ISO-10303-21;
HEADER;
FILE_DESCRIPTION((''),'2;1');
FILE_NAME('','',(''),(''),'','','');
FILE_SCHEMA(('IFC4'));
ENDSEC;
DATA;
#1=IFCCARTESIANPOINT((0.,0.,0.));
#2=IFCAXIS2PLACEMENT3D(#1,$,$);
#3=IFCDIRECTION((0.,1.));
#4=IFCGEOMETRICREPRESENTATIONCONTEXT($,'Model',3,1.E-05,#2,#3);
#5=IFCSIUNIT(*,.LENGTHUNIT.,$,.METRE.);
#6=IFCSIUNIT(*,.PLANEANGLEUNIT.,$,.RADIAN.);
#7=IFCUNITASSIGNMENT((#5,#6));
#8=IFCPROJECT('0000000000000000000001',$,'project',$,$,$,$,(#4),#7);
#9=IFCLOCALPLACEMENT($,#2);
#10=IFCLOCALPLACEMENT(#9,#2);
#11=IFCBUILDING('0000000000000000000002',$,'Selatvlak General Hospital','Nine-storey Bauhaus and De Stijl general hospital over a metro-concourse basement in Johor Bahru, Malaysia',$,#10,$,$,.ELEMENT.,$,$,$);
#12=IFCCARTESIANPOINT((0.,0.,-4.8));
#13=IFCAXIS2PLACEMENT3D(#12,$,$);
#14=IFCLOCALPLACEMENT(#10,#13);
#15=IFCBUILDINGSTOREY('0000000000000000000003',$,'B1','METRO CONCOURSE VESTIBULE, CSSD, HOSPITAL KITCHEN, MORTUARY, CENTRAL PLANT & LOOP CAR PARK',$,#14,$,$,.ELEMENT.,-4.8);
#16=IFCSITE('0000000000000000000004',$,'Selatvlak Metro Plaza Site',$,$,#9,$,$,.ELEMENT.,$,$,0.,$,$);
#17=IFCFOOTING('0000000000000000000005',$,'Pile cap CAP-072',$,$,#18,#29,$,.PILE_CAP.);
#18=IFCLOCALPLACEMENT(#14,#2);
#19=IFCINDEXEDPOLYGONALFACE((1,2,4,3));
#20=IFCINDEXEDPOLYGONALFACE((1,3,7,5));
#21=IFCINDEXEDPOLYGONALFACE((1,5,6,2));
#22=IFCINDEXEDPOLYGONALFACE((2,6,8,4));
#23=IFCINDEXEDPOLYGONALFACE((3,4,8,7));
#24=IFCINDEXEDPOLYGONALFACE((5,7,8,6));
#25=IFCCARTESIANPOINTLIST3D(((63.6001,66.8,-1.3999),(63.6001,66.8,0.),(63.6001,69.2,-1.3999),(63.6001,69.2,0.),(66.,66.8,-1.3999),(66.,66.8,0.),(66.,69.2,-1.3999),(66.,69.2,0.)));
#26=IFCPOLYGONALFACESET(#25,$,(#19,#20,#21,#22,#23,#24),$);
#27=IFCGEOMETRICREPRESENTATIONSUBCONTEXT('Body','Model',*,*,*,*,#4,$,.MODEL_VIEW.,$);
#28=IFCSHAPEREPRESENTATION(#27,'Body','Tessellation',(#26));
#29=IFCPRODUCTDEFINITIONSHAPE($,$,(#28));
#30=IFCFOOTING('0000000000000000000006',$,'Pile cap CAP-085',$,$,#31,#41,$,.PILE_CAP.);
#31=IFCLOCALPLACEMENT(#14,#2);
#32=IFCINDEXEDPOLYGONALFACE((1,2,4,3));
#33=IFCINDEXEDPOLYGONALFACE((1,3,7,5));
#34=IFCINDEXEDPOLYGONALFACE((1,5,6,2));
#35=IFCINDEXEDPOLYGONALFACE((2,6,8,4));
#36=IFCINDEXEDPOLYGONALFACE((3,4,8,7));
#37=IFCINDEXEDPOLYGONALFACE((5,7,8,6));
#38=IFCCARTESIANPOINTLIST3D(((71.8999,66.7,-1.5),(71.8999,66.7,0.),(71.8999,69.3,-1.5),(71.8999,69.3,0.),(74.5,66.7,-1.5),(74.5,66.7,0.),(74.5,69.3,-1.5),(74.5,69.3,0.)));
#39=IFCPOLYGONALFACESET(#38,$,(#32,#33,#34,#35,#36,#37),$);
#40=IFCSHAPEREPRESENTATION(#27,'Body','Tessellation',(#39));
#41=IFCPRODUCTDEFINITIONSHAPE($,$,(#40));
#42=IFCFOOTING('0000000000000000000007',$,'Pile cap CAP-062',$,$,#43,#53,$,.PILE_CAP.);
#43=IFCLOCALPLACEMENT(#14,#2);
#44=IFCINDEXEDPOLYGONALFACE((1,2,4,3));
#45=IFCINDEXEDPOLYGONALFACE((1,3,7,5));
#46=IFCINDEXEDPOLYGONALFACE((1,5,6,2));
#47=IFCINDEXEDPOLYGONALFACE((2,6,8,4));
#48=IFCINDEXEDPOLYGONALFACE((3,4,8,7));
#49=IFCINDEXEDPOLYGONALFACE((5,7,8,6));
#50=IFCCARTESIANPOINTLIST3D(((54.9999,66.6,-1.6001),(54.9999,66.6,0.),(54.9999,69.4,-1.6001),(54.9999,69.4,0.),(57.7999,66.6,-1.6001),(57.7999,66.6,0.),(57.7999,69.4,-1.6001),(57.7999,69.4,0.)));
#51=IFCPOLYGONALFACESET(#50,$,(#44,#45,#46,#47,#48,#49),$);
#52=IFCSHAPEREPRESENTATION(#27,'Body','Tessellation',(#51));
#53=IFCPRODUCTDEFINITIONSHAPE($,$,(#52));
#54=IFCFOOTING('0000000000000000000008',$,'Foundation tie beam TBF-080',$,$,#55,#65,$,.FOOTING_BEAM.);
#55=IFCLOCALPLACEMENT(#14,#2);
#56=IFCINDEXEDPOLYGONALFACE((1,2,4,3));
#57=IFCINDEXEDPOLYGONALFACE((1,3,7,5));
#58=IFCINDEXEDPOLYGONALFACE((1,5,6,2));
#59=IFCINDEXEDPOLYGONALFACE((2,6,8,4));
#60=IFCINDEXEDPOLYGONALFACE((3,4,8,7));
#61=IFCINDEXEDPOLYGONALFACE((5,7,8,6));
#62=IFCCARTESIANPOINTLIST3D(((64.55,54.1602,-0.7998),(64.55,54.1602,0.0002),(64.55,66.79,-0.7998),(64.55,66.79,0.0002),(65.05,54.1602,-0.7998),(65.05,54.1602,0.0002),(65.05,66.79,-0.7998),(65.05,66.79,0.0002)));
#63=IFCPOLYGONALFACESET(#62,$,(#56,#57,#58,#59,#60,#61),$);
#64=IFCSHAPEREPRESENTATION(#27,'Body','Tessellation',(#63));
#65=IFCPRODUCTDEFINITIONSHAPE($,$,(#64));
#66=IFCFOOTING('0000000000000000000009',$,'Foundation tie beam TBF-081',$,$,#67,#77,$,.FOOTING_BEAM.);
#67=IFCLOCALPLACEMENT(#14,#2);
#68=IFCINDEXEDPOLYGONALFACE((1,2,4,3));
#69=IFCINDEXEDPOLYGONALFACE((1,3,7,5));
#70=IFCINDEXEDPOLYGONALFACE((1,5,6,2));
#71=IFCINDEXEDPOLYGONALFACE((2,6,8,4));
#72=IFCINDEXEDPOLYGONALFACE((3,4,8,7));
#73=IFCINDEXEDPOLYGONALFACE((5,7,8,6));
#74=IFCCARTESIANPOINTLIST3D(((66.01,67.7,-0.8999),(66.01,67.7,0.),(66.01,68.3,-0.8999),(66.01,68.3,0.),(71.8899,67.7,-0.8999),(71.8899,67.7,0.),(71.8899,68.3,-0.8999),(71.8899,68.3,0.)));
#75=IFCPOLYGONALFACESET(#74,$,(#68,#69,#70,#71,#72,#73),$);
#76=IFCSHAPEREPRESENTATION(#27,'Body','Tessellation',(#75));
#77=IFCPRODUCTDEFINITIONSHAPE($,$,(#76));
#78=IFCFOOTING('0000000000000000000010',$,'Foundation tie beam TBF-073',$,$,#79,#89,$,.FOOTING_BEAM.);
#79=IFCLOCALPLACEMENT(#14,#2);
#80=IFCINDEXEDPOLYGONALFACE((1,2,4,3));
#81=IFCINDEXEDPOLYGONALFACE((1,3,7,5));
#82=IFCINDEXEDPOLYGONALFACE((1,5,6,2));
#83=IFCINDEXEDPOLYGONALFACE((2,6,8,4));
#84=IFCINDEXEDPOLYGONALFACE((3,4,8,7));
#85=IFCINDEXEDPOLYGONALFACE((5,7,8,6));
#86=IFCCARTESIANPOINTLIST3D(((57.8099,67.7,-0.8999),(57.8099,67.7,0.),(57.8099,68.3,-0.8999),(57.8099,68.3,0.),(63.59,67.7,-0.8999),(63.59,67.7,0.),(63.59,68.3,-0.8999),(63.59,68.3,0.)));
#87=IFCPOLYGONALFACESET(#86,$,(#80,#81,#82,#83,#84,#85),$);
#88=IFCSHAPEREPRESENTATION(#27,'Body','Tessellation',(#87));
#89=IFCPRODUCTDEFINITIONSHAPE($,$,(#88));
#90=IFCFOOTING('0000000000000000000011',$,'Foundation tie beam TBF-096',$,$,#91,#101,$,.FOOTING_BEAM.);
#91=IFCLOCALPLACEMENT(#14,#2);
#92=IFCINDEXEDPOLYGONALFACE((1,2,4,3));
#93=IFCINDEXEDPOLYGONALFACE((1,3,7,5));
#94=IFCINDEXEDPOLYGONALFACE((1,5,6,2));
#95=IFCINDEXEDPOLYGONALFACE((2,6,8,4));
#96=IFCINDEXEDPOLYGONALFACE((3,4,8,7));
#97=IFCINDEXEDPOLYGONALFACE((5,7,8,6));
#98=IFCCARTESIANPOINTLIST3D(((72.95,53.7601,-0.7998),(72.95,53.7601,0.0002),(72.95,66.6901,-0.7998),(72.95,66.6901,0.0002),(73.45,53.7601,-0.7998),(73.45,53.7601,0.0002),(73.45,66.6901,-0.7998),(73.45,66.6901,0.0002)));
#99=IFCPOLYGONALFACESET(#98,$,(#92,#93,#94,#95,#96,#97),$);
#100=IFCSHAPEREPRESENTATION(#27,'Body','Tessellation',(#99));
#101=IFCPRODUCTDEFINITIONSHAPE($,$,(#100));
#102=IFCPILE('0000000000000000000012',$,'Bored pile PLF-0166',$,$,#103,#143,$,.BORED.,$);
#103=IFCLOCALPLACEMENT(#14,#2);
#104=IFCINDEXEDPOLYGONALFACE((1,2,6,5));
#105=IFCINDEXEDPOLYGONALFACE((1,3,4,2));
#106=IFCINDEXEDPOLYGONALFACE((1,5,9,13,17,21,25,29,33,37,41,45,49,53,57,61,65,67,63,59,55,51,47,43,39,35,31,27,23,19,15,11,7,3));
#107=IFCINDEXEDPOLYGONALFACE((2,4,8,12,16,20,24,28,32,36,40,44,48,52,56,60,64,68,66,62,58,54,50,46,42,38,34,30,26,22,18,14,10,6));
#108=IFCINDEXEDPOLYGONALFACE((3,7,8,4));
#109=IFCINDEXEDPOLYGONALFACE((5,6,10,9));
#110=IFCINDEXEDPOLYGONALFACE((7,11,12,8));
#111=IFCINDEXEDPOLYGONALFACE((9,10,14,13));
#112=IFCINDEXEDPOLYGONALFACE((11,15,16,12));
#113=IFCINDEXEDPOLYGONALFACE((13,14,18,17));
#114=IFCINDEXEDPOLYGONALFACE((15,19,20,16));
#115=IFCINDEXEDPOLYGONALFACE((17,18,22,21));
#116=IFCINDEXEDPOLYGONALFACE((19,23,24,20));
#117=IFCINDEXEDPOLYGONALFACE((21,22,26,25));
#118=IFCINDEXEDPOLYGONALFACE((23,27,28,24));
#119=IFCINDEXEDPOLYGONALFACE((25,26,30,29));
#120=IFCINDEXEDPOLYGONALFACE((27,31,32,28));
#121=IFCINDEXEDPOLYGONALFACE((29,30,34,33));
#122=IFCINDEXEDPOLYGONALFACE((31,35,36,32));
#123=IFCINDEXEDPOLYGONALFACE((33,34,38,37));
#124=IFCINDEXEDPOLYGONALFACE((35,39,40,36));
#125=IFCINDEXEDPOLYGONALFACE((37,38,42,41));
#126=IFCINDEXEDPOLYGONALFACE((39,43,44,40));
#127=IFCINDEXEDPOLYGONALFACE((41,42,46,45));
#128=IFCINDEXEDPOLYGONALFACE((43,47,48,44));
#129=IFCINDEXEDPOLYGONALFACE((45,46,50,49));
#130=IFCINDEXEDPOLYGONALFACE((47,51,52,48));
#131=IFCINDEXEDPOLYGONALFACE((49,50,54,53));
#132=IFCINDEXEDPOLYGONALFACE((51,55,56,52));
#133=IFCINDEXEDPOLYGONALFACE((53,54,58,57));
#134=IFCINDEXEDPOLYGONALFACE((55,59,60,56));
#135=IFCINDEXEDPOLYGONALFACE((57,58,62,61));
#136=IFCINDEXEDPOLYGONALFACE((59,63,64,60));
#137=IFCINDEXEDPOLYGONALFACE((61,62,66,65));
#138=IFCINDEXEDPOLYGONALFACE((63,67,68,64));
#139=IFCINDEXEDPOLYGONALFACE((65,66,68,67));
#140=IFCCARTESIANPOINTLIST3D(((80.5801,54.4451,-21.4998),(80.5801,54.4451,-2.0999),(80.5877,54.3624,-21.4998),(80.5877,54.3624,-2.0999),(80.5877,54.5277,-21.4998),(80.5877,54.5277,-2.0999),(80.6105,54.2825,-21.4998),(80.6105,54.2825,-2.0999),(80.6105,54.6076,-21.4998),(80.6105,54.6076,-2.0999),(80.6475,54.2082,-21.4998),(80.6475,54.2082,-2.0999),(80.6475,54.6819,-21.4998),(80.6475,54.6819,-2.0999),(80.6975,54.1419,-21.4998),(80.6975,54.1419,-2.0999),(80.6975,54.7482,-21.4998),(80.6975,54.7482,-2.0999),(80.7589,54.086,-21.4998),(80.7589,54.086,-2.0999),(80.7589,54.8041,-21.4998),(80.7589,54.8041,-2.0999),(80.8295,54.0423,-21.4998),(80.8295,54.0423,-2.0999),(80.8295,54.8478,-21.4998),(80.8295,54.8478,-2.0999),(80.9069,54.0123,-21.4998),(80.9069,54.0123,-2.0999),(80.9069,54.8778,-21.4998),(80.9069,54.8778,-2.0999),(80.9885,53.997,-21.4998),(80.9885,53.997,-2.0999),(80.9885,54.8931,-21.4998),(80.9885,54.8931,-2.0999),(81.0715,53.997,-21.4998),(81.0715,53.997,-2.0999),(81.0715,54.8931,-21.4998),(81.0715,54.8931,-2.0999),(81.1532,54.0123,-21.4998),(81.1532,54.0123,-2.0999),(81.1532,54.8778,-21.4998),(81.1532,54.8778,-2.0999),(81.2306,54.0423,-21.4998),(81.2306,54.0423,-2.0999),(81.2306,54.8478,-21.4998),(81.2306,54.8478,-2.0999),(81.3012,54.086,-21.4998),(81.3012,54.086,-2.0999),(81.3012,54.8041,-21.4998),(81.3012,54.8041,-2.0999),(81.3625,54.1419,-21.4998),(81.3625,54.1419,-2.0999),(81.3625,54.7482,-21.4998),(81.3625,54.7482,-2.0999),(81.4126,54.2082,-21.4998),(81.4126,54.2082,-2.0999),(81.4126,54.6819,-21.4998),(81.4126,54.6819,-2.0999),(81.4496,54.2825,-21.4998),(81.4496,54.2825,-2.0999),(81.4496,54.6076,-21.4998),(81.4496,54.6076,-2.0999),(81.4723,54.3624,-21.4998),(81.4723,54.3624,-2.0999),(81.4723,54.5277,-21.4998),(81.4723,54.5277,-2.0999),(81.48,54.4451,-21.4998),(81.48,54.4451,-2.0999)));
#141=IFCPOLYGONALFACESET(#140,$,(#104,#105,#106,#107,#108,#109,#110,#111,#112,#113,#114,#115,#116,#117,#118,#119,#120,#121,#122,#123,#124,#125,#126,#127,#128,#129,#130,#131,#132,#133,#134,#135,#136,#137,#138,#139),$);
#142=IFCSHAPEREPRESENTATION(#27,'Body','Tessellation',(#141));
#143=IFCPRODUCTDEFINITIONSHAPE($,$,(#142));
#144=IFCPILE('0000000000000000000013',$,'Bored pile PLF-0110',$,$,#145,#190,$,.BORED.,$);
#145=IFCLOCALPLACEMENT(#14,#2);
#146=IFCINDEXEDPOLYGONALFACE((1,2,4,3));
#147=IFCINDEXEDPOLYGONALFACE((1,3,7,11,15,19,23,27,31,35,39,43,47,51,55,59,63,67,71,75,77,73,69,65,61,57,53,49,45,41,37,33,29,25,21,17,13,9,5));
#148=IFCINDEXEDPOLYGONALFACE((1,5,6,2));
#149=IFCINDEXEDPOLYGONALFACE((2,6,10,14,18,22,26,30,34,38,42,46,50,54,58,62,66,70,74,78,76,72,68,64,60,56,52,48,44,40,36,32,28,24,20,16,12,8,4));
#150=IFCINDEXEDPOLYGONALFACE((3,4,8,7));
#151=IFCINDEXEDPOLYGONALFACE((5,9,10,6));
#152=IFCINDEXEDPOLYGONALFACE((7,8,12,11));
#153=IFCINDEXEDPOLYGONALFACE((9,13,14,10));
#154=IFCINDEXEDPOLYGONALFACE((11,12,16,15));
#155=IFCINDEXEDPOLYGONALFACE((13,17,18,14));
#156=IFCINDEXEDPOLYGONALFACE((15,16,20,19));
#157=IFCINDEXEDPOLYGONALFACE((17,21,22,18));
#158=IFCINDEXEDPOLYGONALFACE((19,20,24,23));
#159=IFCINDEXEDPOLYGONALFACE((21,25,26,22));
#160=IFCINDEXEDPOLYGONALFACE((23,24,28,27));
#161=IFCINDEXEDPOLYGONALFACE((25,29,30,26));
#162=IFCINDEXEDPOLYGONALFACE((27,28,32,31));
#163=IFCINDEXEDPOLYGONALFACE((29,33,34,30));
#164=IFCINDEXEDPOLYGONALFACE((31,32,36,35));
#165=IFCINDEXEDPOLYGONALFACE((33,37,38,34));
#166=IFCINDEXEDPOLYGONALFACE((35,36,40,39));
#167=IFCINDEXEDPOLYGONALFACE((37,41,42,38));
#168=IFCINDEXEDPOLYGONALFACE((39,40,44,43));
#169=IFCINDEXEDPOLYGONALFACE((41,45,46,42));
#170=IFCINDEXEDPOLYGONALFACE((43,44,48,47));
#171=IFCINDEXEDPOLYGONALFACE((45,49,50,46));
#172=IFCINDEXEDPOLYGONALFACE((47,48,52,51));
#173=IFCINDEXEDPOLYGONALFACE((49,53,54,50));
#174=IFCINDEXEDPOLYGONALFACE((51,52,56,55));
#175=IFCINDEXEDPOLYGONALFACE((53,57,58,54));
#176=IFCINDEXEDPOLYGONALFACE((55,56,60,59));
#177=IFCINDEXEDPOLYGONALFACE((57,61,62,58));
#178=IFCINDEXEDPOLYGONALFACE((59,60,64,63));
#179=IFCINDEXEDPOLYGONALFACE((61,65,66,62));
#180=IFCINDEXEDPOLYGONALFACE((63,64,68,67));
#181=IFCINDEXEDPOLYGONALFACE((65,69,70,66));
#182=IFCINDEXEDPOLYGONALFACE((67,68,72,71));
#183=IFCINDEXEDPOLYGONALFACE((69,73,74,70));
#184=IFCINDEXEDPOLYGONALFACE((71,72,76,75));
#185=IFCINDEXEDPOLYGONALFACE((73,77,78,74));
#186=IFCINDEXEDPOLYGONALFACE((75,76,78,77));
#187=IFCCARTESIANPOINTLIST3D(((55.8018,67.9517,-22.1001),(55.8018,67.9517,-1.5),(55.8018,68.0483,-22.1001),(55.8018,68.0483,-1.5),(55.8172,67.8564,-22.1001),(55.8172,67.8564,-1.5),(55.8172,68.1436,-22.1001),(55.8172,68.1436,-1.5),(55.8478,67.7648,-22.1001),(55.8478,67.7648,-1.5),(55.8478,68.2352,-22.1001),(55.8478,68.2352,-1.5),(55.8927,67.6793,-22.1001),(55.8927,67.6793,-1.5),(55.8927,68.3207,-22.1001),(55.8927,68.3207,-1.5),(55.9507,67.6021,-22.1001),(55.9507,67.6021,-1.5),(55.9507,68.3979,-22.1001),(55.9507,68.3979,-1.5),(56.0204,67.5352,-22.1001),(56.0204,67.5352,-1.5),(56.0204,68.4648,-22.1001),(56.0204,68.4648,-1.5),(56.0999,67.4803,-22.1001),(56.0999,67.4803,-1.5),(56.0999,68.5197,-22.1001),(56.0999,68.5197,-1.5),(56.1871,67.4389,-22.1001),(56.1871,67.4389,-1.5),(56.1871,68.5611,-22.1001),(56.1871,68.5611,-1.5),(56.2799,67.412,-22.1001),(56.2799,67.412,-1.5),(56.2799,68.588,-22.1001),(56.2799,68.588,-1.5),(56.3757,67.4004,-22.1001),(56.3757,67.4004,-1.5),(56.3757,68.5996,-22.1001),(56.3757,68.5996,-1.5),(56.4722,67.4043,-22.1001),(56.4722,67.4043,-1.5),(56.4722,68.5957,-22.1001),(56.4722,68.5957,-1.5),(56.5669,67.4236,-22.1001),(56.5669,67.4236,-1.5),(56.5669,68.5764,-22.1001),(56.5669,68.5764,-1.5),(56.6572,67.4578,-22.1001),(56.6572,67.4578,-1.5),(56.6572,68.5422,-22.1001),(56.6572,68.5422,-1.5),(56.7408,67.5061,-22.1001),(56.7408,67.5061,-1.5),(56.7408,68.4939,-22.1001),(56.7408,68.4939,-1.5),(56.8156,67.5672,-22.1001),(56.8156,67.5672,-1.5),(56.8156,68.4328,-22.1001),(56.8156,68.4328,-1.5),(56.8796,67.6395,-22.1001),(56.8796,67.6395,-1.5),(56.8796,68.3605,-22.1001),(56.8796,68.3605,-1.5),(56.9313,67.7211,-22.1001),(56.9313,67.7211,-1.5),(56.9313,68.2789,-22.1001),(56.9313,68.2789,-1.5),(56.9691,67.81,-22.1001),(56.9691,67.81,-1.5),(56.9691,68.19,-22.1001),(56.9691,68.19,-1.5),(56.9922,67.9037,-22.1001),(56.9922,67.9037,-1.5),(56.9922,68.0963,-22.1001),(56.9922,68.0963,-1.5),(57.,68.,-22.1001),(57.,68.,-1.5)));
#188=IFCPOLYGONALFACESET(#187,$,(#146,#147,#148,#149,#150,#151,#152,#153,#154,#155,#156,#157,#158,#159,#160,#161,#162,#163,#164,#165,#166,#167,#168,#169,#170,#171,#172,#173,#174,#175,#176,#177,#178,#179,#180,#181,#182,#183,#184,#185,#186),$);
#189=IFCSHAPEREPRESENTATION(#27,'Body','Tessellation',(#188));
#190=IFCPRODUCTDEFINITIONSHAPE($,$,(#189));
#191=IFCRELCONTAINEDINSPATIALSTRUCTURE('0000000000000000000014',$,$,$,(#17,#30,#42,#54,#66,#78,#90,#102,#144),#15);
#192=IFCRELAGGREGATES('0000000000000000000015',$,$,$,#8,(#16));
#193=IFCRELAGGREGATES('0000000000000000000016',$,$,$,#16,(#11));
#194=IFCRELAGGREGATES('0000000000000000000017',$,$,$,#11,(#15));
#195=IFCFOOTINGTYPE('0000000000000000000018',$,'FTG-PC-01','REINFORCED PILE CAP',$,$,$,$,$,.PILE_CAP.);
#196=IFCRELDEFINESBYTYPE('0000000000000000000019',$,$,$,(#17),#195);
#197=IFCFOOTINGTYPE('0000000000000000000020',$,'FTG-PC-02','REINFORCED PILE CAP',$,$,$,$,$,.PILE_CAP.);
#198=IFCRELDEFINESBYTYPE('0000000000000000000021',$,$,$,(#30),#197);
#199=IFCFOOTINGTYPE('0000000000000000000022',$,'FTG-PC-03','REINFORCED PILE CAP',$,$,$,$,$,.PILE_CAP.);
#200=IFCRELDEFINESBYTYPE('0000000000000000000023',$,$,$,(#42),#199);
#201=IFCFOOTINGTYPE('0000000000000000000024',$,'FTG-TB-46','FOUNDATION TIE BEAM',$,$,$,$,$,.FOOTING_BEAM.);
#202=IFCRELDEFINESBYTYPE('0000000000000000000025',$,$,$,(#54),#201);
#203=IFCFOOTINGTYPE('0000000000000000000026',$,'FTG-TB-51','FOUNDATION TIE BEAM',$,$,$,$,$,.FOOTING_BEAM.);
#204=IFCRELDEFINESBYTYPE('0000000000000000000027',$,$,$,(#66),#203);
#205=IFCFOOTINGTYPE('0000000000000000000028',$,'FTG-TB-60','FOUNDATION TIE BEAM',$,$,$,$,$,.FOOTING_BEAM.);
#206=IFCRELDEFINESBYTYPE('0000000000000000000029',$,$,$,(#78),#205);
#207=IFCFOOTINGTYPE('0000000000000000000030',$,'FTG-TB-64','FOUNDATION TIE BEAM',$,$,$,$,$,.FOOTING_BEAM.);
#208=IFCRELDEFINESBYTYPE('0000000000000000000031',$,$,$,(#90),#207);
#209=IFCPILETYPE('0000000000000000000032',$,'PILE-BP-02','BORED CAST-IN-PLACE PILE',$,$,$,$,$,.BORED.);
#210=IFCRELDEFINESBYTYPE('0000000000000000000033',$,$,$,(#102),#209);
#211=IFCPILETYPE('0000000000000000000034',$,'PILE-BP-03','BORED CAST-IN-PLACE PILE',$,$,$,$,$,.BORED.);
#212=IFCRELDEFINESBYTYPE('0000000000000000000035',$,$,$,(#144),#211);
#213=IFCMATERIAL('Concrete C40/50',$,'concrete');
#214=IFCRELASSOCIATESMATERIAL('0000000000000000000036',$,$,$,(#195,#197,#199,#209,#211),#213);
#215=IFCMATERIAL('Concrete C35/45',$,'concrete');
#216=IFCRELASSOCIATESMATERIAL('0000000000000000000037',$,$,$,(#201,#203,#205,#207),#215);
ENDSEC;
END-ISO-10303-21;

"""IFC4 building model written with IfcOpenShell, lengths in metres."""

from ifc_helpers import new_model, si_unit, direction, frame, origin, origin_2d, place, context, subcontext, project, spatial, rectangle, circle, extrude, material, material_profile, profile_set, type_object, element, save


model = new_model("IFC4")

# Units and contexts
model_context = context("Model", 3, precision=1e-05, world=origin(), true_north=direction((0.0, 1.0)))
body_context = subcontext(model_context, "Body", "Model", "MODEL_VIEW")
ifc_project = project(units=[si_unit("LENGTHUNIT", "METRE"), si_unit("PLANEANGLEUNIT", "RADIAN")], contexts=[model_context])

# Site, building, storey
site_placement = place(None, origin())
site = spatial("IfcSite", under=ifc_project, at=site_placement, Name="Selatvlak Metro Plaza Site", CompositionType="ELEMENT", RefElevation=0.0)
building_placement = place(site_placement, origin())
building = spatial("IfcBuilding", under=site, at=building_placement, Name="Selatvlak General Hospital", Description="Nine-storey Bauhaus and De Stijl general hospital over a metro-concourse basement in Johor Bahru, Malaysia", CompositionType="ELEMENT")
storey_placement = place(building_placement, frame((0.0, 0.0, -4.8)))
storey = spatial("IfcBuildingStorey", under=building, at=storey_placement, Name="B1", Description="METRO CONCOURSE VESTIBULE, CSSD, HOSPITAL KITCHEN, MORTUARY, CENTRAL PLANT & LOOP CAR PARK", CompositionType="ELEMENT", Elevation=-4.8)

# Footings
ifc_material_1 = material(Name="Concrete C40/50", Category="concrete")
footing_type_1 = type_object("IfcFootingType", Name="FTG-PC-01", Description="REINFORCED PILE CAP", PredefinedType="PILE_CAP", material=ifc_material_1)
footing_1_placement = place(storey_placement, frame((64.8, 68.0, -1.3999), z_axis=(0.0, 0.0, 1.0), x_axis=(1.0, 0.0, 0.0)))
element("IfcFooting", 1, at=footing_1_placement, inside=storey, type_object=footing_type_1, Name="Pile cap CAP-072", PredefinedType="PILE_CAP", context=body_context, shape_type="SweptSolid", body=[
    extrude(rectangle(XDim=2.3999, YDim=2.3999, at=origin_2d()), origin(), (0.0, 0.0, 1.0), 1.3999),
])
footing_type_2 = type_object("IfcFootingType", Name="FTG-PC-02", Description="REINFORCED PILE CAP", PredefinedType="PILE_CAP", material=ifc_material_1)
footing_2_placement = place(storey_placement, frame((73.2, 68.0, -1.5), z_axis=(0.0, 0.0, 1.0), x_axis=(1.0, 0.0, 0.0)))
element("IfcFooting", 2, at=footing_2_placement, inside=storey, type_object=footing_type_2, Name="Pile cap CAP-085", PredefinedType="PILE_CAP", context=body_context, shape_type="SweptSolid", body=[
    extrude(rectangle(XDim=2.6001, YDim=2.6001, at=origin_2d()), origin(), (0.0, 0.0, 1.0), 1.5),
])
footing_type_3 = type_object("IfcFootingType", Name="FTG-PC-03", Description="REINFORCED PILE CAP", PredefinedType="PILE_CAP", material=ifc_material_1)
footing_3_placement = place(storey_placement, frame((56.3999, 68.0, -1.6001), z_axis=(0.0, 0.0, 1.0), x_axis=(1.0, 0.0, 0.0)))
element("IfcFooting", 3, at=footing_3_placement, inside=storey, type_object=footing_type_3, Name="Pile cap CAP-062", PredefinedType="PILE_CAP", context=body_context, shape_type="SweptSolid", body=[
    extrude(rectangle(XDim=2.8, YDim=2.8, at=origin_2d()), origin(), (0.0, 0.0, 1.0), 1.6001),
])
ifc_material_2 = material(Name="Concrete C35/45", Category="concrete")
footing_type_4 = type_object("IfcFootingType", Name="FTG-TB-46", Description="FOUNDATION TIE BEAM", PredefinedType="FOOTING_BEAM", material=ifc_material_2)
footing_4_placement = place(storey_placement, frame((64.8, 60.4751, -0.7998), z_axis=(0.0, 0.0, 1.0), x_axis=(0.0, 1.0, 0.0)))
element("IfcFooting", 4, at=footing_4_placement, inside=storey, type_object=footing_type_4, Name="Foundation tie beam TBF-080", PredefinedType="FOOTING_BEAM", context=body_context, shape_type="SweptSolid", body=[
    extrude(rectangle(XDim=12.6299, YDim=0.5, at=origin_2d()), origin(), (0.0, 0.0, 1.0), 0.8),
])
footing_type_5 = type_object("IfcFootingType", Name="FTG-TB-51", Description="FOUNDATION TIE BEAM", PredefinedType="FOOTING_BEAM", material=ifc_material_2)
footing_5_placement = place(storey_placement, frame((68.95, 68.0, -0.8999), z_axis=(0.0, 0.0, 1.0), x_axis=(1.0, 0.0, 0.0)))
element("IfcFooting", 5, at=footing_5_placement, inside=storey, type_object=footing_type_5, Name="Foundation tie beam TBF-081", PredefinedType="FOOTING_BEAM", context=body_context, shape_type="SweptSolid", body=[
    extrude(rectangle(XDim=5.8799, YDim=0.6001, at=origin_2d()), origin(), (0.0, 0.0, 1.0), 0.8999),
])
footing_type_6 = type_object("IfcFootingType", Name="FTG-TB-60", Description="FOUNDATION TIE BEAM", PredefinedType="FOOTING_BEAM", material=ifc_material_2)
footing_6_placement = place(storey_placement, frame((60.7, 68.0, -0.8999), z_axis=(0.0, 0.0, 1.0), x_axis=(1.0, 0.0, 0.0)))
element("IfcFooting", 6, at=footing_6_placement, inside=storey, type_object=footing_type_6, Name="Foundation tie beam TBF-073", PredefinedType="FOOTING_BEAM", context=body_context, shape_type="SweptSolid", body=[
    extrude(rectangle(XDim=5.78, YDim=0.6001, at=origin_2d()), origin(), (0.0, 0.0, 1.0), 0.8999),
])
footing_type_7 = type_object("IfcFootingType", Name="FTG-TB-64", Description="FOUNDATION TIE BEAM", PredefinedType="FOOTING_BEAM", material=ifc_material_2)
footing_7_placement = place(storey_placement, frame((73.2, 60.2251, -0.7998), z_axis=(0.0, 0.0, 1.0), x_axis=(0.0, 1.0, 0.0)))
element("IfcFooting", 7, at=footing_7_placement, inside=storey, type_object=footing_type_7, Name="Foundation tie beam TBF-096", PredefinedType="FOOTING_BEAM", context=body_context, shape_type="SweptSolid", body=[
    extrude(rectangle(XDim=12.9299, YDim=0.5, at=origin_2d()), origin(), (0.0, 0.0, 1.0), 0.8),
])

# Piles
ifc_material_profile_1 = material_profile(ifc_material_1, circle(Radius=0.45, at=origin_2d()), Name="BORED PILE 900")
ifc_profile_set_1 = profile_set([ifc_material_profile_1], Name="Concrete C40/50")
pile_type_1 = type_object("IfcPileType", Name="PILE-BP-02", Description="BORED CAST-IN-PLACE PILE", PredefinedType="BORED", material=ifc_profile_set_1)
pile_1_placement = place(storey_placement, frame((81.03, 54.4451, -2.0999), z_axis=(0.0, 0.0, -1.0), x_axis=(1.0, 0.0, 0.0)))
element("IfcPile", 8, at=pile_1_placement, inside=storey, type_object=pile_type_1, Name="Bored pile PLF-0166", PredefinedType="BORED", context=body_context, shape_type="SweptSolid", body=[
    extrude(circle(Radius=0.45, at=origin_2d()), origin(), (0.0, 0.0, 1.0), 19.3999),
])
ifc_material_profile_2 = material_profile(ifc_material_1, circle(Radius=0.6001, at=origin_2d()), Name="BORED PILE 1200")
ifc_profile_set_2 = profile_set([ifc_material_profile_2], Name="Concrete C40/50")
pile_type_2 = type_object("IfcPileType", Name="PILE-BP-03", Description="BORED CAST-IN-PLACE PILE", PredefinedType="BORED", material=ifc_profile_set_2)
for number, where, z_axis, x_axis, name in (
    (9, (56.3999, 68.0, -1.5), (0.0, 0.0, -1.0), (1.0, 0.0, 0.0), "Bored pile PLF-0110"),
):
    element("IfcPile", number, at=place(storey_placement, frame(where, z_axis=z_axis, x_axis=x_axis)), inside=storey, type_object=pile_type_2, Name=name, PredefinedType="BORED", context=body_context, shape_type="SweptSolid", body=[
        extrude(circle(Radius=0.6001, at=origin_2d()), origin(), (0.0, 0.0, 1.0), 20.6001),
    ])

save(model, "model.ifc")
